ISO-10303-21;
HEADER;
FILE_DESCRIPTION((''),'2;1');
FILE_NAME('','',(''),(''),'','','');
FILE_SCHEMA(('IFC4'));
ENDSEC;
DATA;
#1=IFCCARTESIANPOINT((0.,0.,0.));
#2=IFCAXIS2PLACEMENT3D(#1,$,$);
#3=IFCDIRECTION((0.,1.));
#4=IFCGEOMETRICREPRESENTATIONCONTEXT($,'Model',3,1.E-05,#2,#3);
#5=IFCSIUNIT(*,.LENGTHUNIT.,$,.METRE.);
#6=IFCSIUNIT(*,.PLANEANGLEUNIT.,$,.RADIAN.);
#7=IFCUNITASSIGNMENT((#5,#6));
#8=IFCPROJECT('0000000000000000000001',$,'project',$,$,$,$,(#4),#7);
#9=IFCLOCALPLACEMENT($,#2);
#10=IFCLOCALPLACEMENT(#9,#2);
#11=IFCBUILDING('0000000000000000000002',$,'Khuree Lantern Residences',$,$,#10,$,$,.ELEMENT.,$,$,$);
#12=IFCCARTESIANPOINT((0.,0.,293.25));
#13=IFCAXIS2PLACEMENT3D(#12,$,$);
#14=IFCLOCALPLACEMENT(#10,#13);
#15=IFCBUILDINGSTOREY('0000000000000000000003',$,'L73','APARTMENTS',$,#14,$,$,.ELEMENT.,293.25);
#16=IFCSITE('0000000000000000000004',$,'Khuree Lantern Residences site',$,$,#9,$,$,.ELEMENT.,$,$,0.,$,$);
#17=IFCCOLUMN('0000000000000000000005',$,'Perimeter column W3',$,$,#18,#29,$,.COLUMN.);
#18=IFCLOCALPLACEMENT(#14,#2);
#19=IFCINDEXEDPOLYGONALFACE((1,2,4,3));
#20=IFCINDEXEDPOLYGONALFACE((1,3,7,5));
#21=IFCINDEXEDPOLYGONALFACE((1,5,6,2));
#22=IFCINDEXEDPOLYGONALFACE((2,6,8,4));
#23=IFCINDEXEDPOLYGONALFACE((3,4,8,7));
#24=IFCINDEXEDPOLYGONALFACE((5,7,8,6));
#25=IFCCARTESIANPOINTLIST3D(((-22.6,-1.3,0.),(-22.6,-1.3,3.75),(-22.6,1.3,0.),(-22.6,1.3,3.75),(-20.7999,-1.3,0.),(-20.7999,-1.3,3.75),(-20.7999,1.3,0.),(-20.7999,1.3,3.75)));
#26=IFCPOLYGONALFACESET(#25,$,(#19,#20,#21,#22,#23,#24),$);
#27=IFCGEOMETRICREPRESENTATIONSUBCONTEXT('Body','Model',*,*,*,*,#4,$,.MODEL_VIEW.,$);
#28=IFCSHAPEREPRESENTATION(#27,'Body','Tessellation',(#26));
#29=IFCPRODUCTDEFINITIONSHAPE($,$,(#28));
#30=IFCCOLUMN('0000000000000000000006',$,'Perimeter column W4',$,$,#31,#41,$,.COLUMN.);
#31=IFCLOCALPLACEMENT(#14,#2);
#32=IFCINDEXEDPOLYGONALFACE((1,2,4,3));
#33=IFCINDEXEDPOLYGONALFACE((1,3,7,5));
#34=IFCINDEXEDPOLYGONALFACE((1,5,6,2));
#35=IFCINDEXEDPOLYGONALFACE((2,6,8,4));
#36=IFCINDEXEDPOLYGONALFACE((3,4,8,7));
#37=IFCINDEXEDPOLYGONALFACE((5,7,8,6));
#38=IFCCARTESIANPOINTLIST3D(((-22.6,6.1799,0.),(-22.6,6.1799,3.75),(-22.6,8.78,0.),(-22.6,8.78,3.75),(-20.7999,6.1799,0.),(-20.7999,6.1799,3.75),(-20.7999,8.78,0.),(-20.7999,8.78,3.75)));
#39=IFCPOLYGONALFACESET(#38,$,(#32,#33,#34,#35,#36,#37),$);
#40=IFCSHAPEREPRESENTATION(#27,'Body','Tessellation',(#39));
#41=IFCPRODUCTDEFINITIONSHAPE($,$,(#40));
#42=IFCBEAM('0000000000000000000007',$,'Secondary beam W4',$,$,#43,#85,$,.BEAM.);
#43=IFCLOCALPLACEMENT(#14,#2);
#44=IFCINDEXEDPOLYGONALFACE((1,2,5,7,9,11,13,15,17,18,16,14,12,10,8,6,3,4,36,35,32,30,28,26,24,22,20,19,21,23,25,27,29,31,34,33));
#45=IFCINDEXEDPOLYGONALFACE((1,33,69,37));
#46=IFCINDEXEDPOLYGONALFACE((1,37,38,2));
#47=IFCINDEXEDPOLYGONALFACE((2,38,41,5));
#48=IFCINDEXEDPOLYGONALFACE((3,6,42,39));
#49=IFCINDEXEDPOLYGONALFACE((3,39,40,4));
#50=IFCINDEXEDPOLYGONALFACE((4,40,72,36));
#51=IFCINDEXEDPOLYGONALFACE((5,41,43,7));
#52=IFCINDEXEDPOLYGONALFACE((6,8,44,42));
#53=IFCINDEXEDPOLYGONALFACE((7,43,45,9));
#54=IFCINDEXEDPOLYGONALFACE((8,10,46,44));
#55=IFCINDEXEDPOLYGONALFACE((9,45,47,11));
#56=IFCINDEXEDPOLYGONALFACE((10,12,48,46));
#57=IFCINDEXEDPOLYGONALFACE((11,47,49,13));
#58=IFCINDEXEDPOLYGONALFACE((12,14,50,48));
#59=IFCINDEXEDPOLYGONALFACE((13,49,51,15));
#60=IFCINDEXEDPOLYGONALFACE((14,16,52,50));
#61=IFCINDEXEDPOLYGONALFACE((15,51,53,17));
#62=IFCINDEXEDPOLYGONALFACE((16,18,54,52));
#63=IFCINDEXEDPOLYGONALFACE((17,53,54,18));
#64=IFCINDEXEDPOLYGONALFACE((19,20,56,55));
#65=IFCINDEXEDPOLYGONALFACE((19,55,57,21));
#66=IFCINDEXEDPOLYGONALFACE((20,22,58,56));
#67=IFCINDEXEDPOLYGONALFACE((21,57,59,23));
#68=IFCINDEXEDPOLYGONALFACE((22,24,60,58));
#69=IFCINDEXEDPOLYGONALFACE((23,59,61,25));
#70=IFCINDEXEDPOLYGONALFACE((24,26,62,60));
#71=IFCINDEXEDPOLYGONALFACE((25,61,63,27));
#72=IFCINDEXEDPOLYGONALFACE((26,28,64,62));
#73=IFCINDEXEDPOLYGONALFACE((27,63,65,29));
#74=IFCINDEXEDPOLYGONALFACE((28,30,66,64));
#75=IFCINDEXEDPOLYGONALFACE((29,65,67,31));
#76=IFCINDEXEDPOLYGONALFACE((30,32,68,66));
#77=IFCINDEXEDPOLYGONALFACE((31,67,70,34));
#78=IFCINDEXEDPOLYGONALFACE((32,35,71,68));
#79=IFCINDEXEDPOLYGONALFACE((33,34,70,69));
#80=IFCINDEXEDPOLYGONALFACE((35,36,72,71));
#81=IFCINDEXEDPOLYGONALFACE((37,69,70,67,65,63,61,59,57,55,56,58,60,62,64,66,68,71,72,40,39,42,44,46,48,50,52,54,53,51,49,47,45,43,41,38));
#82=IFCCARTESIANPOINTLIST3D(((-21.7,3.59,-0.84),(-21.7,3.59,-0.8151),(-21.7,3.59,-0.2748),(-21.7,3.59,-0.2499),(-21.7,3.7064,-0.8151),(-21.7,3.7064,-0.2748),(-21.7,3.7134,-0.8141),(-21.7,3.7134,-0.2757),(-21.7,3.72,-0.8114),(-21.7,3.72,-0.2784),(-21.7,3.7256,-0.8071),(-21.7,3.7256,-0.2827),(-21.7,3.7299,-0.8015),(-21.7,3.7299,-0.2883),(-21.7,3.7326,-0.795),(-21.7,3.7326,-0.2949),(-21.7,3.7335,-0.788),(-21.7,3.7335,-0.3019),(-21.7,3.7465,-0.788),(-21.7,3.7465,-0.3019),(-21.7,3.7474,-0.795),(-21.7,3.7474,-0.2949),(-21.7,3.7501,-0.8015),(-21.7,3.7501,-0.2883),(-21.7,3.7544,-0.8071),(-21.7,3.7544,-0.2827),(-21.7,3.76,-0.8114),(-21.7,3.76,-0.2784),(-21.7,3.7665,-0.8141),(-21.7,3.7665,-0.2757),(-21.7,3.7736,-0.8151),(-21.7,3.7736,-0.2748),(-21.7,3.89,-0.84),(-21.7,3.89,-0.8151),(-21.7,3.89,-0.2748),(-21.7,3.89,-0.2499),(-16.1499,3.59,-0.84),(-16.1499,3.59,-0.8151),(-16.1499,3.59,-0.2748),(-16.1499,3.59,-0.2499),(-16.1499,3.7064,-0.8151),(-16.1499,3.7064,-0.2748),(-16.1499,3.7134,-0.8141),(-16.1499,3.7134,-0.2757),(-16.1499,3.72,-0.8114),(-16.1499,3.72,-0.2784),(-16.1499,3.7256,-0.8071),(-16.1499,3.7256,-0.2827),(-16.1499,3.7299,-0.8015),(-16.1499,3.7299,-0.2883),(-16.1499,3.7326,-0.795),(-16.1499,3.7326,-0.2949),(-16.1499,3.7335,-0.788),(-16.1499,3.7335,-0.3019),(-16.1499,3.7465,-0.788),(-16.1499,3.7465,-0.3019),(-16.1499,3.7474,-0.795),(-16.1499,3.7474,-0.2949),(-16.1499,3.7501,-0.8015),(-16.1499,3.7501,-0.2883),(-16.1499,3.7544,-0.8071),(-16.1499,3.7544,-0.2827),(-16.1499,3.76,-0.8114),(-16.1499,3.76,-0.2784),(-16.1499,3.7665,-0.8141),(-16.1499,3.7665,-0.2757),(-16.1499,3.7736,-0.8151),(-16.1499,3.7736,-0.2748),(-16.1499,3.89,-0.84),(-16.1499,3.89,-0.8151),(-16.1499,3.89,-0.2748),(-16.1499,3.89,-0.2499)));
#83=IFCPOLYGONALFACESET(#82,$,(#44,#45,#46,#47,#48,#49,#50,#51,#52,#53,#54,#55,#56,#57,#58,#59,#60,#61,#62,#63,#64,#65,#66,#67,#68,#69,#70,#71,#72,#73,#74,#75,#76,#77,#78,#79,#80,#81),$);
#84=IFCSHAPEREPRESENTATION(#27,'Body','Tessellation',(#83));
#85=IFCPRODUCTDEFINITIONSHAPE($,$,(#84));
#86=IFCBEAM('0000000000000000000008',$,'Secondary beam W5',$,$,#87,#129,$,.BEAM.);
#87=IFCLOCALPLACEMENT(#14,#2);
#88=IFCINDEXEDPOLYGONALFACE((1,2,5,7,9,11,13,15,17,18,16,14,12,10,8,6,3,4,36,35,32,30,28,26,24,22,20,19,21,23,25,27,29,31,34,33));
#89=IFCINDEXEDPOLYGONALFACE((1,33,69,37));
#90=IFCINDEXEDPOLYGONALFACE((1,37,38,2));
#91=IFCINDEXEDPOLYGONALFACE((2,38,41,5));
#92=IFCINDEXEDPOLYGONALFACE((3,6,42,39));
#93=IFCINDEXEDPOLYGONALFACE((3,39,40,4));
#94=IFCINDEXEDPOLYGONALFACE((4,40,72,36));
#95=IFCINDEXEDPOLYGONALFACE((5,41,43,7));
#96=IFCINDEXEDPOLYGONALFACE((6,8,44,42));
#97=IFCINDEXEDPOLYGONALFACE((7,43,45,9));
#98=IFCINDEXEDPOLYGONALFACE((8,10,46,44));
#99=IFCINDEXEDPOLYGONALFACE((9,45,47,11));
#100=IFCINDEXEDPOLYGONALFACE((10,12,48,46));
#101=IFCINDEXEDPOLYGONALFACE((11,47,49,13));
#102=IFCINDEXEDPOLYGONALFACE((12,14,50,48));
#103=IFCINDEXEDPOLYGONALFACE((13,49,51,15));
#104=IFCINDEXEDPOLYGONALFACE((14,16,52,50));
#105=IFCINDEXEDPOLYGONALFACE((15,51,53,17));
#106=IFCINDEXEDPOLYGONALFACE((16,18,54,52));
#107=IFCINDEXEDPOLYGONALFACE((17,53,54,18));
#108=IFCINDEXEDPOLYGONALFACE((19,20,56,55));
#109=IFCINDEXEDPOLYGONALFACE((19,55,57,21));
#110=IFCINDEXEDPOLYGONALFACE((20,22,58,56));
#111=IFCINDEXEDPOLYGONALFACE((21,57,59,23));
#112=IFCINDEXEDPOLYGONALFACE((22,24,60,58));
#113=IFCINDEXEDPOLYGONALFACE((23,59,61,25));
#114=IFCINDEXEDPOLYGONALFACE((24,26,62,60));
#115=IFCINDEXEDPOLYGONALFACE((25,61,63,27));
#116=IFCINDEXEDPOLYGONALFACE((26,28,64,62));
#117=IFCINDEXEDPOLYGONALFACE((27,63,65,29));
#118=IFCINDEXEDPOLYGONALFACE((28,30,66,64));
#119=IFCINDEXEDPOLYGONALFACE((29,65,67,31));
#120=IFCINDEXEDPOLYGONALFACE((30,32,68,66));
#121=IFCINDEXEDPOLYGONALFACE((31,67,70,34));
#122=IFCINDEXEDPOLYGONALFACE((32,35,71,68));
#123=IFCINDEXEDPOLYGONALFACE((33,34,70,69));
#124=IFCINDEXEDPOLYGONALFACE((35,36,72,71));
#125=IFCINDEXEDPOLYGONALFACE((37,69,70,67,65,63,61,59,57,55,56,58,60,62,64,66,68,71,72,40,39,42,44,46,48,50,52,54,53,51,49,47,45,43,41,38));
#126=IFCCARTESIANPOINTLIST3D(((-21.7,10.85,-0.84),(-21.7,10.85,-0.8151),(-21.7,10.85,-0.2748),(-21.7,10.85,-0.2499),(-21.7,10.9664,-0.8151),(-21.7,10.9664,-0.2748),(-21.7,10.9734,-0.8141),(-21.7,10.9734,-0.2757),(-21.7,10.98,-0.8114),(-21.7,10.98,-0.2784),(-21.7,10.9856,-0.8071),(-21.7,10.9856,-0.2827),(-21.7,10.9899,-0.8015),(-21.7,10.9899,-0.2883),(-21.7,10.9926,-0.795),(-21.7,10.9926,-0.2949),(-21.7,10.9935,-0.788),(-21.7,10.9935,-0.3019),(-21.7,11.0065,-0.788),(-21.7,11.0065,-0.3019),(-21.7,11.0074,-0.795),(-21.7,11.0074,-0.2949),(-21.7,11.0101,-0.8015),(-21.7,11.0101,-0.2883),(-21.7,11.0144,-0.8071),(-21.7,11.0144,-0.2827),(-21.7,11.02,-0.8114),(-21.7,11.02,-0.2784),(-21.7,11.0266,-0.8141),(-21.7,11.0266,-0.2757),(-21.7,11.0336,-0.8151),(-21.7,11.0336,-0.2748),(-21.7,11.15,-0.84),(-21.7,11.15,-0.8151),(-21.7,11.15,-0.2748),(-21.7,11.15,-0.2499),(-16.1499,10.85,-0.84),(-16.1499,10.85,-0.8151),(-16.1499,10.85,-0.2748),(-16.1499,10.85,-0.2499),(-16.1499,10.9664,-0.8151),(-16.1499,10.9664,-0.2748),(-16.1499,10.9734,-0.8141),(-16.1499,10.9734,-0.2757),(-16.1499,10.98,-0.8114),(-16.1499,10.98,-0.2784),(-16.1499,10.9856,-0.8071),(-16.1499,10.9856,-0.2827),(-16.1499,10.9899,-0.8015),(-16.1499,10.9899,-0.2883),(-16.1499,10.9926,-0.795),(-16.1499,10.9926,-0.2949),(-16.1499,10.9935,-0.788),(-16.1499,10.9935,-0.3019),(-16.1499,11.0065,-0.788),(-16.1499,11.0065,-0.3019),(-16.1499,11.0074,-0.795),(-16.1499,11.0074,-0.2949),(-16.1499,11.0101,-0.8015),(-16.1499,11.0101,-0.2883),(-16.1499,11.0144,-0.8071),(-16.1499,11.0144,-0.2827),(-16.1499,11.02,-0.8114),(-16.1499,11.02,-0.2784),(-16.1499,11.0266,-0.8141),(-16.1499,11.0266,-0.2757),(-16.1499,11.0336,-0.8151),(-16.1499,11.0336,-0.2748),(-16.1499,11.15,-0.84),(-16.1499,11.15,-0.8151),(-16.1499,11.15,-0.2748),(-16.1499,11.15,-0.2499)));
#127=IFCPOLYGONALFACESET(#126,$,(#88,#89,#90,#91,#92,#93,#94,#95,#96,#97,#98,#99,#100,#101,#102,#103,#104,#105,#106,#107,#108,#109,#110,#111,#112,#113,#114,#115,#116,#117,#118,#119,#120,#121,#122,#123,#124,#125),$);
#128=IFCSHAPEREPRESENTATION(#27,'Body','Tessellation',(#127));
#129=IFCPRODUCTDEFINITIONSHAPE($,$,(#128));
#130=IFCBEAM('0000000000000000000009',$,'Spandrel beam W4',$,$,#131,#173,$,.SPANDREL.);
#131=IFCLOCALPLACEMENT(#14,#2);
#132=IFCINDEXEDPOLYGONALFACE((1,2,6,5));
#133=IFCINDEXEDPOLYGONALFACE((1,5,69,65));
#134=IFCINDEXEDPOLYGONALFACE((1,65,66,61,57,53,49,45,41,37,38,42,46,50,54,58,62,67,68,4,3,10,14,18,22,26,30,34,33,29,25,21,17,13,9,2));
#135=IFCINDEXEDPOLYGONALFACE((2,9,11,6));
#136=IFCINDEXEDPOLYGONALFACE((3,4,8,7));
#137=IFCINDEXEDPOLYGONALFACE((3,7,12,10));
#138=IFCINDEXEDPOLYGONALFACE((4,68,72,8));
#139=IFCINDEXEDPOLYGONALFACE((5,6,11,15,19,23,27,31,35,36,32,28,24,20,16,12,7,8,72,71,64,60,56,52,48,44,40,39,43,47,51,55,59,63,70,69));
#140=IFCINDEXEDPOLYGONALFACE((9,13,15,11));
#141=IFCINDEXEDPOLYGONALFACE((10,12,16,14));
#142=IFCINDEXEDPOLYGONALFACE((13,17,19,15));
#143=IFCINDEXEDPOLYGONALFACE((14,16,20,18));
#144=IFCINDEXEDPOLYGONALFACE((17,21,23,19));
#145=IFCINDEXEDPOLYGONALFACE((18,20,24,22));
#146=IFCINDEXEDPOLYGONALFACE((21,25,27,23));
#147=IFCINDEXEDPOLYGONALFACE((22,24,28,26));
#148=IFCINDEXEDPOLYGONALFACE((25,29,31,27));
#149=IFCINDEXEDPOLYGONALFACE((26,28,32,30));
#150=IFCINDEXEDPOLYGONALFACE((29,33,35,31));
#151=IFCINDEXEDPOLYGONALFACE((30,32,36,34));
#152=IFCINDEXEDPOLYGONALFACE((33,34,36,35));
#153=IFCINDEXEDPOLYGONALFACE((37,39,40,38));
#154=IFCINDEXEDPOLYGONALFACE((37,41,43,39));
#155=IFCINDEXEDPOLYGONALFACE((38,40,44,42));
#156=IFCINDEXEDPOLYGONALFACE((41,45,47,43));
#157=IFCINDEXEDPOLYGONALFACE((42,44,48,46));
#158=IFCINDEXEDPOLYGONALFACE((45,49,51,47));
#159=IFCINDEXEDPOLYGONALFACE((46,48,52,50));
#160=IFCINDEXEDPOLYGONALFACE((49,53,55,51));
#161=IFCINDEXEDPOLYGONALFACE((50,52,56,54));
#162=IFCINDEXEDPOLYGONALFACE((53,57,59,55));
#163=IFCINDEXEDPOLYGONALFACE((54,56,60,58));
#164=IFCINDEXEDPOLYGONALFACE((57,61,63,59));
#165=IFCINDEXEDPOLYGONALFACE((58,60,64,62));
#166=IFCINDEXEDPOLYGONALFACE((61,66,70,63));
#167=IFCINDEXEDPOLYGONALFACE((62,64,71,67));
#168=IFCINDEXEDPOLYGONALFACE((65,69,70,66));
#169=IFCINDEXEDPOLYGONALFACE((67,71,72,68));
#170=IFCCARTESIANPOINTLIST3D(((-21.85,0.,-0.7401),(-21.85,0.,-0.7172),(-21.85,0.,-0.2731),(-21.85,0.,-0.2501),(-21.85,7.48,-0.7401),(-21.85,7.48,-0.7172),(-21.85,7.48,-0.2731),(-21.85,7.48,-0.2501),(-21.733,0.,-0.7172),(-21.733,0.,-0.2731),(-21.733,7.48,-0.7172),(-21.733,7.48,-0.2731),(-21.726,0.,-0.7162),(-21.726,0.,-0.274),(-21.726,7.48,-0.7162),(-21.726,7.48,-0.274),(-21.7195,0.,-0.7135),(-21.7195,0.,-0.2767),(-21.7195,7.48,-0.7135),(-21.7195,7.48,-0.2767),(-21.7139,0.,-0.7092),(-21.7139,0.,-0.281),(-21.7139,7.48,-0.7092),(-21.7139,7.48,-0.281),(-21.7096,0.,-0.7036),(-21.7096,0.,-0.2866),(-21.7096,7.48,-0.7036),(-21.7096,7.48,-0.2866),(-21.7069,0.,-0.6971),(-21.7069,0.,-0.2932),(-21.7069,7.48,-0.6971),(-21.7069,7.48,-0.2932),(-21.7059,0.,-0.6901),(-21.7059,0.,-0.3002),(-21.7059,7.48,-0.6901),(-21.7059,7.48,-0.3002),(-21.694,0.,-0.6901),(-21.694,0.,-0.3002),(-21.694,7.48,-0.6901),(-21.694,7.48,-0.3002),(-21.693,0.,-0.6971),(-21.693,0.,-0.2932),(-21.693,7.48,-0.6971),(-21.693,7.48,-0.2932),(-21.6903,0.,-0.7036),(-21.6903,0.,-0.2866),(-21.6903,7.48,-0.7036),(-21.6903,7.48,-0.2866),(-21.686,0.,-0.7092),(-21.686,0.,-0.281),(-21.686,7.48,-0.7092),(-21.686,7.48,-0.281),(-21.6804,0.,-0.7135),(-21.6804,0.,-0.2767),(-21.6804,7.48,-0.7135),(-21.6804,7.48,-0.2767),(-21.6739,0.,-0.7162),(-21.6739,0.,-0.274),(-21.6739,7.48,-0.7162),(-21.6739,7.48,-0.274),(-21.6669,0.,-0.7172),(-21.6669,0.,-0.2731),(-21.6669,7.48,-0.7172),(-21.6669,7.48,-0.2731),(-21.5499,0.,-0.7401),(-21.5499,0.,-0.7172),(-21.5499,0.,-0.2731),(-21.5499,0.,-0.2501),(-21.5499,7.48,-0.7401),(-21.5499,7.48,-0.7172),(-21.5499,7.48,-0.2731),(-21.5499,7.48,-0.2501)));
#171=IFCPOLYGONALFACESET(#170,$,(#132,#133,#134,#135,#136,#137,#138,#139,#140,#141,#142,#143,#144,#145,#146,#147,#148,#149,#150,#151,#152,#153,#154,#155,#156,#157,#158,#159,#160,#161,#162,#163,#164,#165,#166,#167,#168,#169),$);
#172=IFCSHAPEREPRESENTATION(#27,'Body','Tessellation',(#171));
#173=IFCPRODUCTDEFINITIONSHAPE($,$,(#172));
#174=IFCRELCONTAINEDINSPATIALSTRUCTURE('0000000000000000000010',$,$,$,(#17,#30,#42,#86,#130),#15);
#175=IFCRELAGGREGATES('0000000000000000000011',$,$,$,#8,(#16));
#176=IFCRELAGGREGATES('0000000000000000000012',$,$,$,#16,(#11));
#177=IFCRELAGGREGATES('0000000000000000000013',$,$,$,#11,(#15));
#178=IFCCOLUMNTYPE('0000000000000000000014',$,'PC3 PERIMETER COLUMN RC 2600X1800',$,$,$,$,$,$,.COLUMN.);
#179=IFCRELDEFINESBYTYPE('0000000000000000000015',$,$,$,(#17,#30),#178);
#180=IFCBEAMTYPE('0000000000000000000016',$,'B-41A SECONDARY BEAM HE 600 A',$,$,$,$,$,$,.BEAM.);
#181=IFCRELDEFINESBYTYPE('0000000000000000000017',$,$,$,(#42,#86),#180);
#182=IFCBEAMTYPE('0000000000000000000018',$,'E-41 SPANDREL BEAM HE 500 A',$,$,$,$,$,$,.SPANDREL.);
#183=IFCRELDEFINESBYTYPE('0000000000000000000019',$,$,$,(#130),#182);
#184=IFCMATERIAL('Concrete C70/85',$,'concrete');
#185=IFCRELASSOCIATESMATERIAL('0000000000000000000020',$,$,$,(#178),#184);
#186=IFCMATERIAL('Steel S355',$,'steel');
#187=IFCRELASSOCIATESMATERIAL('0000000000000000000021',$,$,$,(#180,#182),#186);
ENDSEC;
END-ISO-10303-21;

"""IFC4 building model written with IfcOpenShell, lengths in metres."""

from ifc_helpers import new_model, si_unit, direction, frame, origin, origin_2d, place, context, subcontext, project, spatial, rectangle, i_section, extrude, material, material_profile, profile_set, type_object, element, save


model = new_model("IFC4")

# Units and contexts
model_context = context("Model", 3, precision=1e-05, world=origin(), true_north=direction((0.0, 1.0)))
body_context = subcontext(model_context, "Body", "Model", "MODEL_VIEW")
ifc_project = project(units=[si_unit("LENGTHUNIT", "METRE"), si_unit("PLANEANGLEUNIT", "RADIAN")], contexts=[model_context])

# Site, building, storey
site_placement = place(None, origin())
site = spatial("IfcSite", under=ifc_project, at=site_placement, Name="Khuree Lantern Residences site", CompositionType="ELEMENT", RefElevation=0.0)
building_placement = place(site_placement, origin())
building = spatial("IfcBuilding", under=site, at=building_placement, Name="Khuree Lantern Residences", CompositionType="ELEMENT")
storey_placement = place(building_placement, frame((0.0, 0.0, 293.25)))
storey = spatial("IfcBuildingStorey", under=building, at=storey_placement, Name="L73", Description="APARTMENTS", CompositionType="ELEMENT", Elevation=293.25)

# Columns
ifc_material_1 = material(Name="Concrete C70/85", Category="concrete")
ifc_material_profile_1 = material_profile(ifc_material_1, rectangle(XDim=2.6001, YDim=1.8, at=origin_2d()), Name="RC 2600X1800")
ifc_profile_set_1 = profile_set([ifc_material_profile_1], Name="Concrete C70/85")
column_type = type_object("IfcColumnType", Name="PC3 PERIMETER COLUMN RC 2600X1800", PredefinedType="COLUMN", material=ifc_profile_set_1)
for number, where, z_axis, x_axis, name in (
    (1, (-21.7, 0.0, 0.0), (0.0, 0.0, 1.0), (0.0, 1.0, 0.0), "Perimeter column W3"),
    (2, (-21.7, 7.48, 0.0), (0.0, 0.0, 1.0), (0.0, 1.0, 0.0), "Perimeter column W4"),
):
    element("IfcColumn", number, at=place(storey_placement, frame(where, z_axis=z_axis, x_axis=x_axis)), inside=storey, type_object=column_type, Name=name, PredefinedType="COLUMN", context=body_context, shape_type="SweptSolid", body=[
        extrude(rectangle(XDim=2.6001, YDim=1.8, at=origin_2d()), origin(), (0.0, 0.0, 1.0), 3.75),
    ])

# Beams
ifc_material_2 = material(Name="Steel S355", Category="steel")
ifc_material_profile_2 = material_profile(ifc_material_2, i_section(OverallWidth=0.3, OverallDepth=0.5901, WebThickness=0.0129, FlangeThickness=0.0249, FilletRadius=0.0271, at=origin_2d()), Name="HE 600 A")
ifc_profile_set_2 = profile_set([ifc_material_profile_2], Name="Steel S355")
beam_type_1 = type_object("IfcBeamType", Name="B-41A SECONDARY BEAM HE 600 A", PredefinedType="BEAM", material=ifc_profile_set_2)
for number, where, z_axis, x_axis, name in (
    (3, (-21.7, 3.74, -0.5449), (1.0, 0.0, 0.0), (0.0, 1.0, 0.0), "Secondary beam W4"),
    (4, (-21.7, 11.0, -0.5449), (1.0, 0.0, 0.0), (0.0, 1.0, 0.0), "Secondary beam W5"),
):
    element("IfcBeam", number, at=place(storey_placement, frame(where, z_axis=z_axis, x_axis=x_axis)), inside=storey, type_object=beam_type_1, Name=name, PredefinedType="BEAM", context=body_context, shape_type="SweptSolid", body=[
        extrude(i_section(OverallWidth=0.3, OverallDepth=0.5901, WebThickness=0.0129, FlangeThickness=0.0249, FilletRadius=0.0271, at=origin_2d()), origin(), (0.0, 0.0, 1.0), 5.55),
    ])
ifc_material_profile_3 = material_profile(ifc_material_2, i_section(OverallWidth=0.3, OverallDepth=0.49, WebThickness=0.012, FlangeThickness=0.0229, FilletRadius=0.0271, at=origin_2d()), Name="HE 500 A")
ifc_profile_set_3 = profile_set([ifc_material_profile_3], Name="Steel S355")
beam_type_2 = type_object("IfcBeamType", Name="E-41 SPANDREL BEAM HE 500 A", PredefinedType="SPANDREL", material=ifc_profile_set_3)
for number, where, z_axis, x_axis, name in (
    (5, (-21.7, 0.0, -0.4951), (0.0, 1.0, 0.0), (-1.0, 0.0, 0.0), "Spandrel beam W4"),
):
    element("IfcBeam", number, at=place(storey_placement, frame(where, z_axis=z_axis, x_axis=x_axis)), inside=storey, type_object=beam_type_2, Name=name, PredefinedType="SPANDREL", context=body_context, shape_type="SweptSolid", body=[
        extrude(i_section(OverallWidth=0.3, OverallDepth=0.49, WebThickness=0.012, FlangeThickness=0.0229, FilletRadius=0.0271, at=origin_2d()), origin(), (0.0, 0.0, 1.0), 7.48),
    ])

save(model, "model.ifc")
